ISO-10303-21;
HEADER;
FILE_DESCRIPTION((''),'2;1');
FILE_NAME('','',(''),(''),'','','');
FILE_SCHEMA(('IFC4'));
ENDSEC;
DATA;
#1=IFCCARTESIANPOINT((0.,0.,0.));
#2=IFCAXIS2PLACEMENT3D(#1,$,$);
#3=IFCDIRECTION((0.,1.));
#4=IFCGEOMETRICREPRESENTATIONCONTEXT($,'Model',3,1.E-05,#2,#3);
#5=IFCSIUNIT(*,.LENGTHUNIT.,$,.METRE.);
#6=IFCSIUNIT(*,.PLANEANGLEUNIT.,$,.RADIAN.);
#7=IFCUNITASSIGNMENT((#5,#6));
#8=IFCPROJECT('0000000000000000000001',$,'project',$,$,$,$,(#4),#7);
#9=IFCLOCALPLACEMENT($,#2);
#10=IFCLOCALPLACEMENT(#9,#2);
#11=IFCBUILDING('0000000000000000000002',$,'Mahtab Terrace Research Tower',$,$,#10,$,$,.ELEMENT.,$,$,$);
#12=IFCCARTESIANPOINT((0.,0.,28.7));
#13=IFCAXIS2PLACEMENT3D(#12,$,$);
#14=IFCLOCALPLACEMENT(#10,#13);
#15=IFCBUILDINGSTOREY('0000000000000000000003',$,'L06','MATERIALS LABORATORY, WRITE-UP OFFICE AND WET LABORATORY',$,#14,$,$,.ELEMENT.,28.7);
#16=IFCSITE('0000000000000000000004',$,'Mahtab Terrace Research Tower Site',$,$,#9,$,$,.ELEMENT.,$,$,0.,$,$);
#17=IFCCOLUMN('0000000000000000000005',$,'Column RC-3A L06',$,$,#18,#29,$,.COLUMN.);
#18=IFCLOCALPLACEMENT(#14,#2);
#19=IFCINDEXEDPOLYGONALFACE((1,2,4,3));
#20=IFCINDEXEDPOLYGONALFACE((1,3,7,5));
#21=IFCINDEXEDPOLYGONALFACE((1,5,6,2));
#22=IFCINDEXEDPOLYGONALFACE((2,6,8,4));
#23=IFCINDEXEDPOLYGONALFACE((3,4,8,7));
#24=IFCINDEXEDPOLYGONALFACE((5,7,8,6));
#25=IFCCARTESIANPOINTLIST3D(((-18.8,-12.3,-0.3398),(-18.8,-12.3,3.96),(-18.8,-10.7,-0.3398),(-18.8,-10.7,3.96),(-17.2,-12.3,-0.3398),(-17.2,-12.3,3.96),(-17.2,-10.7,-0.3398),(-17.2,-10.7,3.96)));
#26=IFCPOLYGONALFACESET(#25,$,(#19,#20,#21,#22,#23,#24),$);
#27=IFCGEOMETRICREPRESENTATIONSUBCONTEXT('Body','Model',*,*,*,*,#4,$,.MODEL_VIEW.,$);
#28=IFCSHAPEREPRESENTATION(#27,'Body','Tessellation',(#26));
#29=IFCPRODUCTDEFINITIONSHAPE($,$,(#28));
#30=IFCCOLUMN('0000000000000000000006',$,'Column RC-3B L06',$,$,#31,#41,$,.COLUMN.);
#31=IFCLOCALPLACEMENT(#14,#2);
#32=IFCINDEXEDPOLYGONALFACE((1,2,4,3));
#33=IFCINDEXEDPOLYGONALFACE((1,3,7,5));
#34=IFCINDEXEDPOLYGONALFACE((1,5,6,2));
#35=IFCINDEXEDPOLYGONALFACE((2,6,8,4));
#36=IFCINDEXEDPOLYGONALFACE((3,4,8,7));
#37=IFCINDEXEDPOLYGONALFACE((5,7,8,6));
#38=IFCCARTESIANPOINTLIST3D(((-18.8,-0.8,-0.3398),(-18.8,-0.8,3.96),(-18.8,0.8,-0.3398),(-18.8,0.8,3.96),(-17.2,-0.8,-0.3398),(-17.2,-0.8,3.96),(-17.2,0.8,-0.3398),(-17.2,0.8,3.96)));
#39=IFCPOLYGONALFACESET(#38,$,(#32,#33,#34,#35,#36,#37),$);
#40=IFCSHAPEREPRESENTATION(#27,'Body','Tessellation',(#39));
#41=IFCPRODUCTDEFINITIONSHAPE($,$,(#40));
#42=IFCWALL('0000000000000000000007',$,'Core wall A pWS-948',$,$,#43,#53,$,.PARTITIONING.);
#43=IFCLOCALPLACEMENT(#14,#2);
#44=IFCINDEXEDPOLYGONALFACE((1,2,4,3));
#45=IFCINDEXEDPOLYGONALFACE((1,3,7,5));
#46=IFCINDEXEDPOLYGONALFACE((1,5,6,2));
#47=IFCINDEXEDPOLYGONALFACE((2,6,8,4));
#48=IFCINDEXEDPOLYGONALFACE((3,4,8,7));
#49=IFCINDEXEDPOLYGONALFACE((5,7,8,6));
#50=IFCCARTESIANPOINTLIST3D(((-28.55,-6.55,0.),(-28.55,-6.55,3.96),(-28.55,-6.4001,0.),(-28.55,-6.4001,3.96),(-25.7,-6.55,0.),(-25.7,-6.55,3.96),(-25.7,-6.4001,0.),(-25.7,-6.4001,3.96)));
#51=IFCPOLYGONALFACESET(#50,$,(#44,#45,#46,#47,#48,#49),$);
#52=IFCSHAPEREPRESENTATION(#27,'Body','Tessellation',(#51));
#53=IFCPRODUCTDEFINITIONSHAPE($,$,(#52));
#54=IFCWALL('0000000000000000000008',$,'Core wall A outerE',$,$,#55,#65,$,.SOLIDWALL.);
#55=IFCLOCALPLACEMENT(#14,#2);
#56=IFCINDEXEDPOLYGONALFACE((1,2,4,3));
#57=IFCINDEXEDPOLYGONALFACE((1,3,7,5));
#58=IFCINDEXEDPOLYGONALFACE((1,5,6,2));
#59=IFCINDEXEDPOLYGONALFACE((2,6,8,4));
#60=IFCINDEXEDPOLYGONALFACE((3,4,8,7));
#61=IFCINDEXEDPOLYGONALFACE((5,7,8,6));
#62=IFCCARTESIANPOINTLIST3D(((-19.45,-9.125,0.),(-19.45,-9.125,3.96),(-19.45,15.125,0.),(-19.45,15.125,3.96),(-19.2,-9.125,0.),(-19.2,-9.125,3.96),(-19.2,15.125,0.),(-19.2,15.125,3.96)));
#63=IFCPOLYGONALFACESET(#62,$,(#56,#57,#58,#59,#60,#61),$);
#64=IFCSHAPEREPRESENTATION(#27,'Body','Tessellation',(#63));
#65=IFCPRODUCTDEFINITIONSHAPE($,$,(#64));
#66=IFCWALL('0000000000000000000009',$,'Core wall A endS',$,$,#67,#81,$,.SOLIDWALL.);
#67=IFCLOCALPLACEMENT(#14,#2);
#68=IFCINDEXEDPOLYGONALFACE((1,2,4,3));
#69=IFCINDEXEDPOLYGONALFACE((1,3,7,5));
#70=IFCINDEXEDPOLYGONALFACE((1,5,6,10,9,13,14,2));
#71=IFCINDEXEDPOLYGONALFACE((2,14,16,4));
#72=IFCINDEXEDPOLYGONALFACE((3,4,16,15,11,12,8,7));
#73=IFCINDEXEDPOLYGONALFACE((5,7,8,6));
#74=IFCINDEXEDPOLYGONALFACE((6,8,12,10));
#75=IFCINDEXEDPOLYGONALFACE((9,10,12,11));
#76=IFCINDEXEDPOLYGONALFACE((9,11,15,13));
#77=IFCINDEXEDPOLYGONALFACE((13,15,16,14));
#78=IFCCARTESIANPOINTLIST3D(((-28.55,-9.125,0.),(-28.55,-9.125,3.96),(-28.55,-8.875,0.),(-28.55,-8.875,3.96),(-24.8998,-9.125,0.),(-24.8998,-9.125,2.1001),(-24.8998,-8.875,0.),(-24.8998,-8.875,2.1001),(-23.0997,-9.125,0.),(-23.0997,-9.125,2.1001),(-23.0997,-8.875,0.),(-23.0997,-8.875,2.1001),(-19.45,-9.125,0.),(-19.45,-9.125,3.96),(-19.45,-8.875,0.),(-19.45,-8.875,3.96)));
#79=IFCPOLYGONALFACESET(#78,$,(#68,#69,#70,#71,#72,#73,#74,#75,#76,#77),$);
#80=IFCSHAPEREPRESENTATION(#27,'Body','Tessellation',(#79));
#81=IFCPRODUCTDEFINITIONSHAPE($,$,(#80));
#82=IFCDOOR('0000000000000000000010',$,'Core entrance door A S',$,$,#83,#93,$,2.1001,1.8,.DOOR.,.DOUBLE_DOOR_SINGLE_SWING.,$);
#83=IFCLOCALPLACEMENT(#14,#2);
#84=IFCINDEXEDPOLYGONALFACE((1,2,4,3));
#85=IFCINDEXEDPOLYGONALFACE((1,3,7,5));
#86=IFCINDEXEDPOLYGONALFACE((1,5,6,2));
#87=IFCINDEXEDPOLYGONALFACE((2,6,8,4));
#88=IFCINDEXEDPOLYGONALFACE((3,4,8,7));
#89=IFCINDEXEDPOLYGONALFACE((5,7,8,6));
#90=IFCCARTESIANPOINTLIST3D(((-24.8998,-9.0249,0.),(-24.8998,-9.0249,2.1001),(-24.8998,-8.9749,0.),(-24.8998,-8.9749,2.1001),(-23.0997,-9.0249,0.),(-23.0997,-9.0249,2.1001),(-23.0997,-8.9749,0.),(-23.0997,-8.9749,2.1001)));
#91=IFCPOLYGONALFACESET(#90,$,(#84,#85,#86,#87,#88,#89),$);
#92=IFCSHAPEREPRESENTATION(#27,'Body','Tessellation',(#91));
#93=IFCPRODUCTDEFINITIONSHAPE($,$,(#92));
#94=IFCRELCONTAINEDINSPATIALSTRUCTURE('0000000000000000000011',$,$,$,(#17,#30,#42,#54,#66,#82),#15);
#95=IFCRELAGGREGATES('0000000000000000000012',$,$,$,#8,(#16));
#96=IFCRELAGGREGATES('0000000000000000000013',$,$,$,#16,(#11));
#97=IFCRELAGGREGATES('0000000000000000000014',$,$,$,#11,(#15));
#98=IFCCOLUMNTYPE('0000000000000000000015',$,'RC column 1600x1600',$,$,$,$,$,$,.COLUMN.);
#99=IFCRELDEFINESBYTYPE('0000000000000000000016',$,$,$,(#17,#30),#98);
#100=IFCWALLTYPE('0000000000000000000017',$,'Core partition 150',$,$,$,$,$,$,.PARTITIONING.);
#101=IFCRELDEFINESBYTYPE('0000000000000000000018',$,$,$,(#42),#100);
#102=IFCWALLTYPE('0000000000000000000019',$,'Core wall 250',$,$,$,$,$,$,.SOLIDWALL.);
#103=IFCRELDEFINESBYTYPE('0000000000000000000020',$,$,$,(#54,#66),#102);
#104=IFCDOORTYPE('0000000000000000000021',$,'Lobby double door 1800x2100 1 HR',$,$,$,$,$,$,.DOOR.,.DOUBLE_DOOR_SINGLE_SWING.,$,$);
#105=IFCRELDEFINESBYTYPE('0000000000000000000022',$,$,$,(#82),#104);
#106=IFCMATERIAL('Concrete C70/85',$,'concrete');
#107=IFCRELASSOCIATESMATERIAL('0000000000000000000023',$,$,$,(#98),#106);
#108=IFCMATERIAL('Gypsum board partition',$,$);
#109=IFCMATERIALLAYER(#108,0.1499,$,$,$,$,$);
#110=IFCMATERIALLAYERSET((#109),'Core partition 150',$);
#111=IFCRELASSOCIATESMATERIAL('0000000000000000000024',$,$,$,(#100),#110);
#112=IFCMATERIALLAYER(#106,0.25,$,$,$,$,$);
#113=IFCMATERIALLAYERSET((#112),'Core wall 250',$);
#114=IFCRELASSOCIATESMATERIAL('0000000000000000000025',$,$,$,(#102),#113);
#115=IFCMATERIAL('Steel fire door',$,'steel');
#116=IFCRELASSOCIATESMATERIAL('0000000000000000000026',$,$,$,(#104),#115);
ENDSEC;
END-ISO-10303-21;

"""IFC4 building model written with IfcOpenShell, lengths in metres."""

from ifc_helpers import new_model, si_unit, direction, frame, frame_2d, origin, origin_2d, place, context, subcontext, project, spatial, rectangle, extrude, material, layer, layer_set, material_profile, profile_set, type_object, element, fill, save


model = new_model("IFC4")

# Units and contexts
model_context = context("Model", 3, precision=1e-05, world=origin(), true_north=direction((0.0, 1.0)))
body_context = subcontext(model_context, "Body", "Model", "MODEL_VIEW")
ifc_project = project(units=[si_unit("LENGTHUNIT", "METRE"), si_unit("PLANEANGLEUNIT", "RADIAN")], contexts=[model_context])

# Site, building, storey
site_placement = place(None, origin())
site = spatial("IfcSite", under=ifc_project, at=site_placement, Name="Mahtab Terrace Research Tower Site", CompositionType="ELEMENT", RefElevation=0.0)
building_placement = place(site_placement, origin())
building = spatial("IfcBuilding", under=site, at=building_placement, Name="Mahtab Terrace Research Tower", CompositionType="ELEMENT")
storey_placement = place(building_placement, frame((0.0, 0.0, 28.7)))
storey = spatial("IfcBuildingStorey", under=building, at=storey_placement, Name="L06", Description="MATERIALS LABORATORY, WRITE-UP OFFICE AND WET LABORATORY", CompositionType="ELEMENT", Elevation=28.7)

# Columns
ifc_material_1 = material(Name="Concrete C70/85", Category="concrete")
ifc_material_profile = material_profile(ifc_material_1, rectangle(XDim=1.6001, YDim=1.6001, at=origin_2d()), Name="RC column 1600x1600")
ifc_profile_set = profile_set([ifc_material_profile], Name="Concrete C70/85")
column_type = type_object("IfcColumnType", Name="RC column 1600x1600", PredefinedType="COLUMN", material=ifc_profile_set)
for number, where, z_axis, x_axis, name in (
    (1, (-18.0, -11.5, -0.3398), (0.0, 0.0, 1.0), (1.0, 0.0, 0.0), "Column RC-3A L06"),
    (2, (-18.0, 0.0, -0.3398), (0.0, 0.0, 1.0), (1.0, 0.0, 0.0), "Column RC-3B L06"),
):
    element("IfcColumn", number, at=place(storey_placement, frame(where, z_axis=z_axis, x_axis=x_axis)), inside=storey, type_object=column_type, Name=name, PredefinedType="COLUMN", context=body_context, shape_type="SweptSolid", body=[
        extrude(rectangle(XDim=1.6001, YDim=1.6001, at=origin_2d()), origin(), (0.0, 0.0, 1.0), 4.2998),
    ])

# Walls
ifc_material_2 = material(Name="Gypsum board partition")
ifc_layer_1 = layer(ifc_material_2, 0.1499)
ifc_layer_set_1 = layer_set([ifc_layer_1], Name="Core partition 150")
wall_type_1 = type_object("IfcWallType", Name="Core partition 150", PredefinedType="PARTITIONING", material=ifc_layer_set_1)
wall_1_placement = place(storey_placement, frame((-28.55, -6.4751, 0.0), z_axis=(0.0, 0.0, 1.0), x_axis=(1.0, 0.0, 0.0)))
element("IfcWall", 3, at=wall_1_placement, inside=storey, type_object=wall_type_1, Name="Core wall A pWS-948", PredefinedType="PARTITIONING", context=body_context, shape_type="SweptSolid", body=[
    extrude(rectangle(XDim=2.8501, YDim=0.1499, at=frame_2d((1.425, 0.0))), origin(), (0.0, 0.0, 1.0), 3.96),
])
ifc_layer_2 = layer(ifc_material_1, 0.25)
ifc_layer_set_2 = layer_set([ifc_layer_2], Name="Core wall 250")
wall_type_2 = type_object("IfcWallType", Name="Core wall 250", PredefinedType="SOLIDWALL", material=ifc_layer_set_2)
wall_2_placement = place(storey_placement, frame((-19.325, -9.125, 0.0), z_axis=(0.0, 0.0, 1.0), x_axis=(0.0, 1.0, 0.0)))
element("IfcWall", 4, at=wall_2_placement, inside=storey, type_object=wall_type_2, Name="Core wall A outerE", PredefinedType="SOLIDWALL", context=body_context, shape_type="SweptSolid", body=[
    extrude(rectangle(XDim=24.25, YDim=0.25, at=frame_2d((12.125, 0.0))), origin(), (0.0, 0.0, 1.0), 3.96),
])

# Wall, opening, door
wall_3_placement = place(storey_placement, frame((-19.45, -9.0, 0.0), z_axis=(0.0, 0.0, 1.0), x_axis=(-1.0, 0.0, 0.0)))
wall_3 = element("IfcWall", 5, at=wall_3_placement, inside=storey, type_object=wall_type_2, Name="Core wall A endS", PredefinedType="SOLIDWALL", context=body_context, shape_type="SweptSolid", body=[
    extrude(rectangle(XDim=9.1001, YDim=0.25, at=frame_2d((4.55, 0.0))), origin(), (0.0, 0.0, 1.0), 3.96),
])
opening_1_placement = place(wall_3_placement, frame((3.6499, 0.0, 0.0)))
opening_1 = element("IfcOpeningElement", 6, at=opening_1_placement, cuts=wall_3, PredefinedType="OPENING", context=body_context, shape_type="SweptSolid", body=[
    extrude(rectangle(XDim=1.8, YDim=2.1001, at=frame_2d((0.8999, 1.05))), frame((0.0, 0.135, 0.0), z_axis=(0.0, -1.0, 0.0), x_axis=(1.0, 0.0, 0.0)), (0.0, 0.0, 1.0), 0.27),
])
ifc_material_3 = material(Name="Steel fire door", Category="steel")
door_type_1 = type_object("IfcDoorType", Name="Lobby double door 1800x2100 1 HR", OperationType="DOUBLE_DOOR_SINGLE_SWING", PredefinedType="DOOR", material=ifc_material_3)
door_1_placement = place(opening_1_placement, origin())
door_1 = element("IfcDoor", 7, at=door_1_placement, inside=storey, type_object=door_type_1, Name="Core entrance door A S", OperationType="DOUBLE_DOOR_SINGLE_SWING", OverallHeight=2.1001, OverallWidth=1.8, PredefinedType="DOOR", context=body_context, shape_type="SweptSolid", body=[
    extrude(rectangle(XDim=1.8, YDim=2.1001, at=frame_2d((0.8999, 1.05))), frame((0.0, 0.0249, 0.0), z_axis=(0.0, -1.0, 0.0), x_axis=(1.0, 0.0, 0.0)), (0.0, 0.0, 1.0), 0.05),
])
fill(opening_1, door_1)

save(model, "model.ifc")
